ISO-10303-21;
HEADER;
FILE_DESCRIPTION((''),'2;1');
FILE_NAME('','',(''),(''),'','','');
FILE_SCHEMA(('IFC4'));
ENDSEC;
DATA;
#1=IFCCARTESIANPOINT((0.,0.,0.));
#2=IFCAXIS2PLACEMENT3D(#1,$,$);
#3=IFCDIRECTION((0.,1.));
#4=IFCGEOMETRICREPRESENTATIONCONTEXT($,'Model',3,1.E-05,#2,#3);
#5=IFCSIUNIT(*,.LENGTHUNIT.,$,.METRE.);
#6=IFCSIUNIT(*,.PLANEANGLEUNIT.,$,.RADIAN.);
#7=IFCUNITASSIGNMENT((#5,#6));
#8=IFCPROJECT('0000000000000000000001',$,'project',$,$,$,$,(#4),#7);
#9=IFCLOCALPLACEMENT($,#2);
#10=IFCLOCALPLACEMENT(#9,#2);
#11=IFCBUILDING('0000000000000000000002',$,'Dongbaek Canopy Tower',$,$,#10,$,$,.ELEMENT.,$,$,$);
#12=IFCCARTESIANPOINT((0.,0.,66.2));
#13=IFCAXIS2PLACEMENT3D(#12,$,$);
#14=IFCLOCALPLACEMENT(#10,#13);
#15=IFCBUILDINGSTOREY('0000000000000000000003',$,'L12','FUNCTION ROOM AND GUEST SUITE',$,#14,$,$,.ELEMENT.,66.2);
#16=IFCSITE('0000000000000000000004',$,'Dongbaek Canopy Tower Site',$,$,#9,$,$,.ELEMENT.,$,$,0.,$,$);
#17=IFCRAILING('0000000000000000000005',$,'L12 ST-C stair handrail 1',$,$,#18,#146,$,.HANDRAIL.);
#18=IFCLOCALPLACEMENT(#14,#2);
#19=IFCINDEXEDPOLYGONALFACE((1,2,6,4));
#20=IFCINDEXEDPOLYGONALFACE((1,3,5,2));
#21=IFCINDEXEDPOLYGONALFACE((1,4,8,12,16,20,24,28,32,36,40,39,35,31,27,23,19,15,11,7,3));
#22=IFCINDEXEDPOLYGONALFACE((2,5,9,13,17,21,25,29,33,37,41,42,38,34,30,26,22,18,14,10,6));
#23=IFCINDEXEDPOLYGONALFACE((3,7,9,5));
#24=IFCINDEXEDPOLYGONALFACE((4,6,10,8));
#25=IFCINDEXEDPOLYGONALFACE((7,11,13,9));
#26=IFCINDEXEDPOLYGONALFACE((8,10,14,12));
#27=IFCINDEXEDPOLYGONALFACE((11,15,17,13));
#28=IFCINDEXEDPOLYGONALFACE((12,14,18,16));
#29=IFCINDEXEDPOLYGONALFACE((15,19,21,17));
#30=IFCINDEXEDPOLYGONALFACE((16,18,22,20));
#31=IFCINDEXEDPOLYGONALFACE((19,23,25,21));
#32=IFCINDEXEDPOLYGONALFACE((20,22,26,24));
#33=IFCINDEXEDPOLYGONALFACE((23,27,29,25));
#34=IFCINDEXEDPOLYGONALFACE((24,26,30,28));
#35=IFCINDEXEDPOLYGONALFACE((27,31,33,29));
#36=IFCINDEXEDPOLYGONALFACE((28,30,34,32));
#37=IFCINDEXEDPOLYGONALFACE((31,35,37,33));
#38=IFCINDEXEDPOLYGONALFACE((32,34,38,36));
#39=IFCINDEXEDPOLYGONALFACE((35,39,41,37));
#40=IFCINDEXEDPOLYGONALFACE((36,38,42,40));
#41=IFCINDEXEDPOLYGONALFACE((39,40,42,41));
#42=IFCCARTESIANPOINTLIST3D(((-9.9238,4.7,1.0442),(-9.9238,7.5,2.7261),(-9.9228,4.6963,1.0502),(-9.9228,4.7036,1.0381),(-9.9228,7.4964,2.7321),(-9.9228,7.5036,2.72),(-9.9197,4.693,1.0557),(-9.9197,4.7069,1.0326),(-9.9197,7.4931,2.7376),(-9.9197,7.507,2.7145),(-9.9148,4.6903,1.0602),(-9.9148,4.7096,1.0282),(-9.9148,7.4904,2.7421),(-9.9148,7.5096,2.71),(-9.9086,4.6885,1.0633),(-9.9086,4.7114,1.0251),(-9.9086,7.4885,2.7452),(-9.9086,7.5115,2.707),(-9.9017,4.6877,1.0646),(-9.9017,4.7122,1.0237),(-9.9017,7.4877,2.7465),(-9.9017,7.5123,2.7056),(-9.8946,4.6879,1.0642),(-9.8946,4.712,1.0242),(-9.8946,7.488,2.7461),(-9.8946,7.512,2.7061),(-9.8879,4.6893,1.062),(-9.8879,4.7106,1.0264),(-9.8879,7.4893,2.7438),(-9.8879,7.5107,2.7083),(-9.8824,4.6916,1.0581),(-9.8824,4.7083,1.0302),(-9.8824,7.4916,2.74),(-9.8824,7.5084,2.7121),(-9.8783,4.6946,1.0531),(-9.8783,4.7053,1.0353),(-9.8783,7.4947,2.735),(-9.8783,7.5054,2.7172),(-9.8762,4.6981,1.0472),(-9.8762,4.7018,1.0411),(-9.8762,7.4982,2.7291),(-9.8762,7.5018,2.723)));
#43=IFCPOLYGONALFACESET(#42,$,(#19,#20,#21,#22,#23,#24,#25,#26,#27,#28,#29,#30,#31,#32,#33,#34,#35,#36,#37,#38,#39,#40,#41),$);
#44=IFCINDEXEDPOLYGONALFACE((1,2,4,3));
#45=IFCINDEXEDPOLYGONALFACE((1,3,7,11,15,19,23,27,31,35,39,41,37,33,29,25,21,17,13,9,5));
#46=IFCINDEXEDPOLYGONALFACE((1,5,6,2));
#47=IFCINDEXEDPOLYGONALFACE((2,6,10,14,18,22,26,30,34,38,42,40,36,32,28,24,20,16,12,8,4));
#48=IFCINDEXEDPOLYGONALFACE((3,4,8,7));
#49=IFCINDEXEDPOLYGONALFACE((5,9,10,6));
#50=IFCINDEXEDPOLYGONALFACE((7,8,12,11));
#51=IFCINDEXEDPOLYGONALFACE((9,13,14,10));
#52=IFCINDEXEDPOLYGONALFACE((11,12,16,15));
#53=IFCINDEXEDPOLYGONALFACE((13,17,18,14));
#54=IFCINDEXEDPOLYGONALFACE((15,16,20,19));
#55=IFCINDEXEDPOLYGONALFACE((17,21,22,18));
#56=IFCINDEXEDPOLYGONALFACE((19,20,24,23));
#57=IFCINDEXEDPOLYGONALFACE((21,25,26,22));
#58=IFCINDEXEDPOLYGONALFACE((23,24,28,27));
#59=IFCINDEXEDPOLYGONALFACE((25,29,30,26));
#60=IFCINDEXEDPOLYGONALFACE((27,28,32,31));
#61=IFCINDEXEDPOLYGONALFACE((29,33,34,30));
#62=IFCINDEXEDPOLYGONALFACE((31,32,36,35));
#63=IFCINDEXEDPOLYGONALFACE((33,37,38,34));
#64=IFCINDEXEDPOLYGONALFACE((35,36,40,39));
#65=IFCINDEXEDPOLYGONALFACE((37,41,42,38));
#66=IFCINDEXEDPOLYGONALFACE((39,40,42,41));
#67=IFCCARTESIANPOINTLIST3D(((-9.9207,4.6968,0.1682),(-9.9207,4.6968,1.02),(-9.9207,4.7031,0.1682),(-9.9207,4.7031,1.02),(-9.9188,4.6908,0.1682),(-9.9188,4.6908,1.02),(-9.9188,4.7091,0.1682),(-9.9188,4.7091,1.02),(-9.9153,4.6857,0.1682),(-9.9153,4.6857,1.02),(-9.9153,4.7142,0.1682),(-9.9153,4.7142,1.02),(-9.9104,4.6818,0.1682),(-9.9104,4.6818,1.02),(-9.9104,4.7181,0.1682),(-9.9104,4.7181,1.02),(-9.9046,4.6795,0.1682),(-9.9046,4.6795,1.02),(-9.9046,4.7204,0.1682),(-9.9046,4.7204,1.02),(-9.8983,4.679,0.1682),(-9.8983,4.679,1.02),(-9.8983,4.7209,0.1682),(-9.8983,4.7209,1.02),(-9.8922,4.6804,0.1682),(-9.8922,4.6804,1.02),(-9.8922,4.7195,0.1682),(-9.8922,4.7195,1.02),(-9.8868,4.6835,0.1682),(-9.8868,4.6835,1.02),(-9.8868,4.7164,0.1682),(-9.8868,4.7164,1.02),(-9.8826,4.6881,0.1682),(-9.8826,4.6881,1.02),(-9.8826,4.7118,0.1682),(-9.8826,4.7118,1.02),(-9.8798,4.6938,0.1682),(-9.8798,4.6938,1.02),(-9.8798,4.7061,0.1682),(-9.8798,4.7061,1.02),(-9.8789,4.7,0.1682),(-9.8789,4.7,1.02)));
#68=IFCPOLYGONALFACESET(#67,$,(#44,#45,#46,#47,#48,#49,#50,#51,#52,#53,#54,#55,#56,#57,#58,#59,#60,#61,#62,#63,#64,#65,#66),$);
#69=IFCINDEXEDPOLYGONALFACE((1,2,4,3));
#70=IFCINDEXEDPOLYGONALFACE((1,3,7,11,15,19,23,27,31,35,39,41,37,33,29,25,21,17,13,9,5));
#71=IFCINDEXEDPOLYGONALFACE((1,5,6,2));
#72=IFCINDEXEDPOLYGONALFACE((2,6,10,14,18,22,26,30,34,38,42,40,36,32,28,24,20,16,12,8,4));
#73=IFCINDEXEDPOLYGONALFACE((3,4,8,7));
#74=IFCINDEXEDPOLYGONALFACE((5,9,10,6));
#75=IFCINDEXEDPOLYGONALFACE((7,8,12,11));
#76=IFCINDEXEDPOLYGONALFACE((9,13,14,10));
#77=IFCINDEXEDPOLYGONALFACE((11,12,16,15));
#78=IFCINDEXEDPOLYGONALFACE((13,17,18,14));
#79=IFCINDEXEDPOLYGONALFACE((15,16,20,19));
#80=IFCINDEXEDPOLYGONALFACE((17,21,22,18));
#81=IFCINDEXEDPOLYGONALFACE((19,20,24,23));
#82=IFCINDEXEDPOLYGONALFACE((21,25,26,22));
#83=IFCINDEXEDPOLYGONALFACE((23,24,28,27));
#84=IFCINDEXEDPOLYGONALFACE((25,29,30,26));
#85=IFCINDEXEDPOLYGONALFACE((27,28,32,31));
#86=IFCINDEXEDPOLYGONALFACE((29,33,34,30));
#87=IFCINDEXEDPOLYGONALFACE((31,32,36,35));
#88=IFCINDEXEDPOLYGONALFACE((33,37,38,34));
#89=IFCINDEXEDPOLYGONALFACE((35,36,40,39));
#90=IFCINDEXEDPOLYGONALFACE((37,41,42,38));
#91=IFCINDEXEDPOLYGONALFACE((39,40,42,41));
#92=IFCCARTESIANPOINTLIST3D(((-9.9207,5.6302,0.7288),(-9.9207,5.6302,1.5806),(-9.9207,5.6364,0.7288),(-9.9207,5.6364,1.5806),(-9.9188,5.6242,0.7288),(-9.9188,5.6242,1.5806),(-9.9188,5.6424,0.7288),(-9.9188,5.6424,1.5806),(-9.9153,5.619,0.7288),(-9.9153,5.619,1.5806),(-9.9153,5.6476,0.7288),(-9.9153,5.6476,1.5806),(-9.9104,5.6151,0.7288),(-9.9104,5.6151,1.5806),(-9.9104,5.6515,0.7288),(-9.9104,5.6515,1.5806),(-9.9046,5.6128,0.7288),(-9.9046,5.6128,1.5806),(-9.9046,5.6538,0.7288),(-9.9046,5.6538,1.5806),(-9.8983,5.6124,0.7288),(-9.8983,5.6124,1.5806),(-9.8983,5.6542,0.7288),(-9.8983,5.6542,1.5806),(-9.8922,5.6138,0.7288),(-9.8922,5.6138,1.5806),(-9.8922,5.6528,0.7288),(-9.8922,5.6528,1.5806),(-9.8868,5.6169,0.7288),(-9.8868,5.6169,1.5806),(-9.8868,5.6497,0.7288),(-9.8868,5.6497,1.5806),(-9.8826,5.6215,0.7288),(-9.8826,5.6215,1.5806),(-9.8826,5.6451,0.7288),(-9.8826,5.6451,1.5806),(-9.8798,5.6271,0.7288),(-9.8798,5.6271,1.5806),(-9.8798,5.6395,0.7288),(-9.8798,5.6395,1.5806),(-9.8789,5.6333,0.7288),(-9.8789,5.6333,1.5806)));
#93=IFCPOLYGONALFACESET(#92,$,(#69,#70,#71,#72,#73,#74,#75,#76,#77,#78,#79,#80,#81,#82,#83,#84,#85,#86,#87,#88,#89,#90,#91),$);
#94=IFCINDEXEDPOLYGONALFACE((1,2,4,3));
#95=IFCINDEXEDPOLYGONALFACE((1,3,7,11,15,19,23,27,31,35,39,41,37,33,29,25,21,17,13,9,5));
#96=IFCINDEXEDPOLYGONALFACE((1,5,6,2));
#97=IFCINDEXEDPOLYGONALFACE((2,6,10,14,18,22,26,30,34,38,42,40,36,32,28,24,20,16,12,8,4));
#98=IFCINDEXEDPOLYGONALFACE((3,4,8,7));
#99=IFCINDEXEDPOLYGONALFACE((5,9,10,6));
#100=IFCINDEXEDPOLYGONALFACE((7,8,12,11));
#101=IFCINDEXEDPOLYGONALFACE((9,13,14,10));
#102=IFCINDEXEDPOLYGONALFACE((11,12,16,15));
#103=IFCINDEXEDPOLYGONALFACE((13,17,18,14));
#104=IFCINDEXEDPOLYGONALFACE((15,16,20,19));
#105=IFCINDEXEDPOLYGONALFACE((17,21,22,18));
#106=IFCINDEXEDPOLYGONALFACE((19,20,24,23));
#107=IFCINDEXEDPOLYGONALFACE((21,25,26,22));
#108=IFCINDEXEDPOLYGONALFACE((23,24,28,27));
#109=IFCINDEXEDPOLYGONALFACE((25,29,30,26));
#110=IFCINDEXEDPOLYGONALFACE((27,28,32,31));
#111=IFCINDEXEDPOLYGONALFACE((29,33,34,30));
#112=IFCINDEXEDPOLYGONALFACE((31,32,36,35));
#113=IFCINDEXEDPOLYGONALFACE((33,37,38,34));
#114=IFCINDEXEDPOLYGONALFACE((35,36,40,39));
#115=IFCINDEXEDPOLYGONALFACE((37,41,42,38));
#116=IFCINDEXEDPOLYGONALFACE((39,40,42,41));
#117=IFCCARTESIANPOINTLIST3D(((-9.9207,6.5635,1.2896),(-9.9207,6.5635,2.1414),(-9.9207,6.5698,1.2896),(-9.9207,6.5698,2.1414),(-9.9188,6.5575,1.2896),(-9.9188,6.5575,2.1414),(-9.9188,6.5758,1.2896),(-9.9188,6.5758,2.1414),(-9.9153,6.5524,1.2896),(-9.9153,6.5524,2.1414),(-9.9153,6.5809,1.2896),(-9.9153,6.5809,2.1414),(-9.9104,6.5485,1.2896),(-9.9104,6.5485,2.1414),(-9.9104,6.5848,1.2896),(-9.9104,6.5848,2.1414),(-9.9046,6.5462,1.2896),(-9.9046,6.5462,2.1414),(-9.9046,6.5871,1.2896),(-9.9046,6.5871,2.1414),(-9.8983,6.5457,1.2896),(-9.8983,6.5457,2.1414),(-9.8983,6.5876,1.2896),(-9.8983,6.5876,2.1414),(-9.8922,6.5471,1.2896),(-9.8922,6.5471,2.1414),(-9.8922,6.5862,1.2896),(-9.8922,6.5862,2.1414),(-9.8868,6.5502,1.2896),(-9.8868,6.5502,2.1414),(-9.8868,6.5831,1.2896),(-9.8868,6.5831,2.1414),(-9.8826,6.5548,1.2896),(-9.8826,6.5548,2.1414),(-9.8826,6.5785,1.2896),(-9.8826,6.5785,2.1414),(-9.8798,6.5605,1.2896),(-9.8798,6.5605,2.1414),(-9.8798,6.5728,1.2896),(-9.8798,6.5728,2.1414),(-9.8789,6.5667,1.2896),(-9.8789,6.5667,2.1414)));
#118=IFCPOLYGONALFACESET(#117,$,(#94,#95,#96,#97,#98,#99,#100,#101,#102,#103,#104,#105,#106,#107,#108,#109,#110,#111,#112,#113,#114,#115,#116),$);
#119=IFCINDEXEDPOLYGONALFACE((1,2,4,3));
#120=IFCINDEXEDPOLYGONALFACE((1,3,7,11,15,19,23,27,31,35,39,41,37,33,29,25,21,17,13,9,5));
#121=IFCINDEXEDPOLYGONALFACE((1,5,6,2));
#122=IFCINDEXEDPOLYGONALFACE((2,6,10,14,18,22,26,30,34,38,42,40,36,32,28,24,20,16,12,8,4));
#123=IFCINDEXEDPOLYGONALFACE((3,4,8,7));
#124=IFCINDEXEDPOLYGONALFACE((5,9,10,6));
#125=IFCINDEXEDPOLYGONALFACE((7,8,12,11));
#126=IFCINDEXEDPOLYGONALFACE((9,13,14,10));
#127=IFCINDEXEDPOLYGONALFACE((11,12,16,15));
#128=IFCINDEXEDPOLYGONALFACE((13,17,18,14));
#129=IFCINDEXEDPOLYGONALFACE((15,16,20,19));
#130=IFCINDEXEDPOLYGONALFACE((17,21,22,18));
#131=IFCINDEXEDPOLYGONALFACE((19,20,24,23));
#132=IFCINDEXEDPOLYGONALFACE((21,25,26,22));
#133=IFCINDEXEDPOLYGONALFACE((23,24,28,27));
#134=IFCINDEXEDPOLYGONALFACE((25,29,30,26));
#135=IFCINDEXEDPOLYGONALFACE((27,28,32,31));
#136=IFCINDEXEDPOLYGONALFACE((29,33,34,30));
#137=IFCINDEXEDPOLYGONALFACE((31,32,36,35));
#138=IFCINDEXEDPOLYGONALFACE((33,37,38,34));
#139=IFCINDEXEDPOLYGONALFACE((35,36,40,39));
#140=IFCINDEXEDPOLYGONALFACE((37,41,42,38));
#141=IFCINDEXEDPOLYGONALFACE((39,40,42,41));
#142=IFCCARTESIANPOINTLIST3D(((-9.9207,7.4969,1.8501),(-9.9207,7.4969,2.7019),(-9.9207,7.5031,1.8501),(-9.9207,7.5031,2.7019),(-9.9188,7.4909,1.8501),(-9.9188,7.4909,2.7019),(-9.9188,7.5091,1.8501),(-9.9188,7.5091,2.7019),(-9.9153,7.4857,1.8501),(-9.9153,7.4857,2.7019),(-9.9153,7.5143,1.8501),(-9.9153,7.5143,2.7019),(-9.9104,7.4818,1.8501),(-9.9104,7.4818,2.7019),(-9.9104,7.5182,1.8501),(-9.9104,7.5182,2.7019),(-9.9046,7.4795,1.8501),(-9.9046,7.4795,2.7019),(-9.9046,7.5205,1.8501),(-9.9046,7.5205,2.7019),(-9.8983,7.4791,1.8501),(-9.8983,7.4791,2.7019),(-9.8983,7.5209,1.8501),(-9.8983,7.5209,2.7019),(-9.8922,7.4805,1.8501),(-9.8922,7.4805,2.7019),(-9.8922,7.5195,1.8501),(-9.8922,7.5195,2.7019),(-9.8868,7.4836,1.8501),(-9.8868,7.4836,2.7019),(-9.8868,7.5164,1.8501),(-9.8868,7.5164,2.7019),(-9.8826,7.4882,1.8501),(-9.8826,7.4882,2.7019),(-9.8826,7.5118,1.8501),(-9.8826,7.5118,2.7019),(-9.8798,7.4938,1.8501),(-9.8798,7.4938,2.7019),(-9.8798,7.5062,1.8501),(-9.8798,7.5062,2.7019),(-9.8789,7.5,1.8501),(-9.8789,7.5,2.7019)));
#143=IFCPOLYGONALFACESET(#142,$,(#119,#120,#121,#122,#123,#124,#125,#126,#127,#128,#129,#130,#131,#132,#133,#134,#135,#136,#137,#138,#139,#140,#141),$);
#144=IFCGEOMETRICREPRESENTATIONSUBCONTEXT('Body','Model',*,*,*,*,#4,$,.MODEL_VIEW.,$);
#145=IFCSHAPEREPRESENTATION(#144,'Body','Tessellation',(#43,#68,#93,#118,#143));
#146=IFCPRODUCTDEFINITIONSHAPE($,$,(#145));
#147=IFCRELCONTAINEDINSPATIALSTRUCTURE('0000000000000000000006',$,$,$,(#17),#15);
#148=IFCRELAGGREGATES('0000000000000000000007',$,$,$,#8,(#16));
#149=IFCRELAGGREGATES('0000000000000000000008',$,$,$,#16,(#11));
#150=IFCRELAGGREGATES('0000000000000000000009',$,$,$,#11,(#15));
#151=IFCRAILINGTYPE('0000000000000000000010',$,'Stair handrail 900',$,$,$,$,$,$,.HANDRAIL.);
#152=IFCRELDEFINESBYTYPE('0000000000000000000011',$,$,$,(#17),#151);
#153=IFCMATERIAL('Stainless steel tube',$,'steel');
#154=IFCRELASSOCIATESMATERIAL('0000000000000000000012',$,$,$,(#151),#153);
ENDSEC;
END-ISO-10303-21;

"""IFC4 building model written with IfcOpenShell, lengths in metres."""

from ifc_helpers import new_model, si_unit, direction, frame, origin, origin_2d, place, context, subcontext, project, spatial, circle, extrude, material, type_object, element, save


model = new_model("IFC4")

# Units and contexts
model_context = context("Model", 3, precision=1e-05, world=origin(), true_north=direction((0.0, 1.0)))
body_context = subcontext(model_context, "Body", "Model", "MODEL_VIEW")
ifc_project = project(units=[si_unit("LENGTHUNIT", "METRE"), si_unit("PLANEANGLEUNIT", "RADIAN")], contexts=[model_context])

# Site, building, storey
site_placement = place(None, origin())
site = spatial("IfcSite", under=ifc_project, at=site_placement, Name="Dongbaek Canopy Tower Site", CompositionType="ELEMENT", RefElevation=0.0)
building_placement = place(site_placement, origin())
building = spatial("IfcBuilding", under=site, at=building_placement, Name="Dongbaek Canopy Tower", CompositionType="ELEMENT")
storey_placement = place(building_placement, frame((0.0, 0.0, 66.2)))
storey = spatial("IfcBuildingStorey", under=building, at=storey_placement, Name="L12", Description="FUNCTION ROOM AND GUEST SUITE", CompositionType="ELEMENT", Elevation=66.2)

# Railing
ifc_material_1 = material(Name="Stainless steel tube", Category="steel")
railing_type_1 = type_object("IfcRailingType", Name="Stair handrail 900", PredefinedType="HANDRAIL", material=ifc_material_1)
railing_1_placement = place(storey_placement, frame((-9.8999, 4.7, 0.1682)))
element("IfcRailing", 1, at=railing_1_placement, inside=storey, type_object=railing_type_1, Name="L12 ST-C stair handrail 1", PredefinedType="HANDRAIL", context=body_context, shape_type="SweptSolid", body=[
    extrude(circle(Radius=0.0239, at=origin_2d()), frame((0.0, 0.0, 0.876), z_axis=(0.0, 0.857242, 0.514913), x_axis=(-1.0, 0.0, 0.0)), (0.0, 0.0, 1.0), 3.2664),
    extrude(circle(Radius=0.021, at=origin_2d()), origin(), (0.0, 0.0, 1.0), 0.8518),
    extrude(circle(Radius=0.021, at=origin_2d()), frame((0.0, 0.9333, 0.5605)), (0.0, 0.0, 1.0), 0.8518),
    extrude(circle(Radius=0.021, at=origin_2d()), frame((0.0, 1.8667, 1.1213)), (0.0, 0.0, 1.0), 0.8518),
    extrude(circle(Radius=0.021, at=origin_2d()), frame((0.0, 2.8, 1.6819)), (0.0, 0.0, 1.0), 0.8518),
])

save(model, "model.ifc")
